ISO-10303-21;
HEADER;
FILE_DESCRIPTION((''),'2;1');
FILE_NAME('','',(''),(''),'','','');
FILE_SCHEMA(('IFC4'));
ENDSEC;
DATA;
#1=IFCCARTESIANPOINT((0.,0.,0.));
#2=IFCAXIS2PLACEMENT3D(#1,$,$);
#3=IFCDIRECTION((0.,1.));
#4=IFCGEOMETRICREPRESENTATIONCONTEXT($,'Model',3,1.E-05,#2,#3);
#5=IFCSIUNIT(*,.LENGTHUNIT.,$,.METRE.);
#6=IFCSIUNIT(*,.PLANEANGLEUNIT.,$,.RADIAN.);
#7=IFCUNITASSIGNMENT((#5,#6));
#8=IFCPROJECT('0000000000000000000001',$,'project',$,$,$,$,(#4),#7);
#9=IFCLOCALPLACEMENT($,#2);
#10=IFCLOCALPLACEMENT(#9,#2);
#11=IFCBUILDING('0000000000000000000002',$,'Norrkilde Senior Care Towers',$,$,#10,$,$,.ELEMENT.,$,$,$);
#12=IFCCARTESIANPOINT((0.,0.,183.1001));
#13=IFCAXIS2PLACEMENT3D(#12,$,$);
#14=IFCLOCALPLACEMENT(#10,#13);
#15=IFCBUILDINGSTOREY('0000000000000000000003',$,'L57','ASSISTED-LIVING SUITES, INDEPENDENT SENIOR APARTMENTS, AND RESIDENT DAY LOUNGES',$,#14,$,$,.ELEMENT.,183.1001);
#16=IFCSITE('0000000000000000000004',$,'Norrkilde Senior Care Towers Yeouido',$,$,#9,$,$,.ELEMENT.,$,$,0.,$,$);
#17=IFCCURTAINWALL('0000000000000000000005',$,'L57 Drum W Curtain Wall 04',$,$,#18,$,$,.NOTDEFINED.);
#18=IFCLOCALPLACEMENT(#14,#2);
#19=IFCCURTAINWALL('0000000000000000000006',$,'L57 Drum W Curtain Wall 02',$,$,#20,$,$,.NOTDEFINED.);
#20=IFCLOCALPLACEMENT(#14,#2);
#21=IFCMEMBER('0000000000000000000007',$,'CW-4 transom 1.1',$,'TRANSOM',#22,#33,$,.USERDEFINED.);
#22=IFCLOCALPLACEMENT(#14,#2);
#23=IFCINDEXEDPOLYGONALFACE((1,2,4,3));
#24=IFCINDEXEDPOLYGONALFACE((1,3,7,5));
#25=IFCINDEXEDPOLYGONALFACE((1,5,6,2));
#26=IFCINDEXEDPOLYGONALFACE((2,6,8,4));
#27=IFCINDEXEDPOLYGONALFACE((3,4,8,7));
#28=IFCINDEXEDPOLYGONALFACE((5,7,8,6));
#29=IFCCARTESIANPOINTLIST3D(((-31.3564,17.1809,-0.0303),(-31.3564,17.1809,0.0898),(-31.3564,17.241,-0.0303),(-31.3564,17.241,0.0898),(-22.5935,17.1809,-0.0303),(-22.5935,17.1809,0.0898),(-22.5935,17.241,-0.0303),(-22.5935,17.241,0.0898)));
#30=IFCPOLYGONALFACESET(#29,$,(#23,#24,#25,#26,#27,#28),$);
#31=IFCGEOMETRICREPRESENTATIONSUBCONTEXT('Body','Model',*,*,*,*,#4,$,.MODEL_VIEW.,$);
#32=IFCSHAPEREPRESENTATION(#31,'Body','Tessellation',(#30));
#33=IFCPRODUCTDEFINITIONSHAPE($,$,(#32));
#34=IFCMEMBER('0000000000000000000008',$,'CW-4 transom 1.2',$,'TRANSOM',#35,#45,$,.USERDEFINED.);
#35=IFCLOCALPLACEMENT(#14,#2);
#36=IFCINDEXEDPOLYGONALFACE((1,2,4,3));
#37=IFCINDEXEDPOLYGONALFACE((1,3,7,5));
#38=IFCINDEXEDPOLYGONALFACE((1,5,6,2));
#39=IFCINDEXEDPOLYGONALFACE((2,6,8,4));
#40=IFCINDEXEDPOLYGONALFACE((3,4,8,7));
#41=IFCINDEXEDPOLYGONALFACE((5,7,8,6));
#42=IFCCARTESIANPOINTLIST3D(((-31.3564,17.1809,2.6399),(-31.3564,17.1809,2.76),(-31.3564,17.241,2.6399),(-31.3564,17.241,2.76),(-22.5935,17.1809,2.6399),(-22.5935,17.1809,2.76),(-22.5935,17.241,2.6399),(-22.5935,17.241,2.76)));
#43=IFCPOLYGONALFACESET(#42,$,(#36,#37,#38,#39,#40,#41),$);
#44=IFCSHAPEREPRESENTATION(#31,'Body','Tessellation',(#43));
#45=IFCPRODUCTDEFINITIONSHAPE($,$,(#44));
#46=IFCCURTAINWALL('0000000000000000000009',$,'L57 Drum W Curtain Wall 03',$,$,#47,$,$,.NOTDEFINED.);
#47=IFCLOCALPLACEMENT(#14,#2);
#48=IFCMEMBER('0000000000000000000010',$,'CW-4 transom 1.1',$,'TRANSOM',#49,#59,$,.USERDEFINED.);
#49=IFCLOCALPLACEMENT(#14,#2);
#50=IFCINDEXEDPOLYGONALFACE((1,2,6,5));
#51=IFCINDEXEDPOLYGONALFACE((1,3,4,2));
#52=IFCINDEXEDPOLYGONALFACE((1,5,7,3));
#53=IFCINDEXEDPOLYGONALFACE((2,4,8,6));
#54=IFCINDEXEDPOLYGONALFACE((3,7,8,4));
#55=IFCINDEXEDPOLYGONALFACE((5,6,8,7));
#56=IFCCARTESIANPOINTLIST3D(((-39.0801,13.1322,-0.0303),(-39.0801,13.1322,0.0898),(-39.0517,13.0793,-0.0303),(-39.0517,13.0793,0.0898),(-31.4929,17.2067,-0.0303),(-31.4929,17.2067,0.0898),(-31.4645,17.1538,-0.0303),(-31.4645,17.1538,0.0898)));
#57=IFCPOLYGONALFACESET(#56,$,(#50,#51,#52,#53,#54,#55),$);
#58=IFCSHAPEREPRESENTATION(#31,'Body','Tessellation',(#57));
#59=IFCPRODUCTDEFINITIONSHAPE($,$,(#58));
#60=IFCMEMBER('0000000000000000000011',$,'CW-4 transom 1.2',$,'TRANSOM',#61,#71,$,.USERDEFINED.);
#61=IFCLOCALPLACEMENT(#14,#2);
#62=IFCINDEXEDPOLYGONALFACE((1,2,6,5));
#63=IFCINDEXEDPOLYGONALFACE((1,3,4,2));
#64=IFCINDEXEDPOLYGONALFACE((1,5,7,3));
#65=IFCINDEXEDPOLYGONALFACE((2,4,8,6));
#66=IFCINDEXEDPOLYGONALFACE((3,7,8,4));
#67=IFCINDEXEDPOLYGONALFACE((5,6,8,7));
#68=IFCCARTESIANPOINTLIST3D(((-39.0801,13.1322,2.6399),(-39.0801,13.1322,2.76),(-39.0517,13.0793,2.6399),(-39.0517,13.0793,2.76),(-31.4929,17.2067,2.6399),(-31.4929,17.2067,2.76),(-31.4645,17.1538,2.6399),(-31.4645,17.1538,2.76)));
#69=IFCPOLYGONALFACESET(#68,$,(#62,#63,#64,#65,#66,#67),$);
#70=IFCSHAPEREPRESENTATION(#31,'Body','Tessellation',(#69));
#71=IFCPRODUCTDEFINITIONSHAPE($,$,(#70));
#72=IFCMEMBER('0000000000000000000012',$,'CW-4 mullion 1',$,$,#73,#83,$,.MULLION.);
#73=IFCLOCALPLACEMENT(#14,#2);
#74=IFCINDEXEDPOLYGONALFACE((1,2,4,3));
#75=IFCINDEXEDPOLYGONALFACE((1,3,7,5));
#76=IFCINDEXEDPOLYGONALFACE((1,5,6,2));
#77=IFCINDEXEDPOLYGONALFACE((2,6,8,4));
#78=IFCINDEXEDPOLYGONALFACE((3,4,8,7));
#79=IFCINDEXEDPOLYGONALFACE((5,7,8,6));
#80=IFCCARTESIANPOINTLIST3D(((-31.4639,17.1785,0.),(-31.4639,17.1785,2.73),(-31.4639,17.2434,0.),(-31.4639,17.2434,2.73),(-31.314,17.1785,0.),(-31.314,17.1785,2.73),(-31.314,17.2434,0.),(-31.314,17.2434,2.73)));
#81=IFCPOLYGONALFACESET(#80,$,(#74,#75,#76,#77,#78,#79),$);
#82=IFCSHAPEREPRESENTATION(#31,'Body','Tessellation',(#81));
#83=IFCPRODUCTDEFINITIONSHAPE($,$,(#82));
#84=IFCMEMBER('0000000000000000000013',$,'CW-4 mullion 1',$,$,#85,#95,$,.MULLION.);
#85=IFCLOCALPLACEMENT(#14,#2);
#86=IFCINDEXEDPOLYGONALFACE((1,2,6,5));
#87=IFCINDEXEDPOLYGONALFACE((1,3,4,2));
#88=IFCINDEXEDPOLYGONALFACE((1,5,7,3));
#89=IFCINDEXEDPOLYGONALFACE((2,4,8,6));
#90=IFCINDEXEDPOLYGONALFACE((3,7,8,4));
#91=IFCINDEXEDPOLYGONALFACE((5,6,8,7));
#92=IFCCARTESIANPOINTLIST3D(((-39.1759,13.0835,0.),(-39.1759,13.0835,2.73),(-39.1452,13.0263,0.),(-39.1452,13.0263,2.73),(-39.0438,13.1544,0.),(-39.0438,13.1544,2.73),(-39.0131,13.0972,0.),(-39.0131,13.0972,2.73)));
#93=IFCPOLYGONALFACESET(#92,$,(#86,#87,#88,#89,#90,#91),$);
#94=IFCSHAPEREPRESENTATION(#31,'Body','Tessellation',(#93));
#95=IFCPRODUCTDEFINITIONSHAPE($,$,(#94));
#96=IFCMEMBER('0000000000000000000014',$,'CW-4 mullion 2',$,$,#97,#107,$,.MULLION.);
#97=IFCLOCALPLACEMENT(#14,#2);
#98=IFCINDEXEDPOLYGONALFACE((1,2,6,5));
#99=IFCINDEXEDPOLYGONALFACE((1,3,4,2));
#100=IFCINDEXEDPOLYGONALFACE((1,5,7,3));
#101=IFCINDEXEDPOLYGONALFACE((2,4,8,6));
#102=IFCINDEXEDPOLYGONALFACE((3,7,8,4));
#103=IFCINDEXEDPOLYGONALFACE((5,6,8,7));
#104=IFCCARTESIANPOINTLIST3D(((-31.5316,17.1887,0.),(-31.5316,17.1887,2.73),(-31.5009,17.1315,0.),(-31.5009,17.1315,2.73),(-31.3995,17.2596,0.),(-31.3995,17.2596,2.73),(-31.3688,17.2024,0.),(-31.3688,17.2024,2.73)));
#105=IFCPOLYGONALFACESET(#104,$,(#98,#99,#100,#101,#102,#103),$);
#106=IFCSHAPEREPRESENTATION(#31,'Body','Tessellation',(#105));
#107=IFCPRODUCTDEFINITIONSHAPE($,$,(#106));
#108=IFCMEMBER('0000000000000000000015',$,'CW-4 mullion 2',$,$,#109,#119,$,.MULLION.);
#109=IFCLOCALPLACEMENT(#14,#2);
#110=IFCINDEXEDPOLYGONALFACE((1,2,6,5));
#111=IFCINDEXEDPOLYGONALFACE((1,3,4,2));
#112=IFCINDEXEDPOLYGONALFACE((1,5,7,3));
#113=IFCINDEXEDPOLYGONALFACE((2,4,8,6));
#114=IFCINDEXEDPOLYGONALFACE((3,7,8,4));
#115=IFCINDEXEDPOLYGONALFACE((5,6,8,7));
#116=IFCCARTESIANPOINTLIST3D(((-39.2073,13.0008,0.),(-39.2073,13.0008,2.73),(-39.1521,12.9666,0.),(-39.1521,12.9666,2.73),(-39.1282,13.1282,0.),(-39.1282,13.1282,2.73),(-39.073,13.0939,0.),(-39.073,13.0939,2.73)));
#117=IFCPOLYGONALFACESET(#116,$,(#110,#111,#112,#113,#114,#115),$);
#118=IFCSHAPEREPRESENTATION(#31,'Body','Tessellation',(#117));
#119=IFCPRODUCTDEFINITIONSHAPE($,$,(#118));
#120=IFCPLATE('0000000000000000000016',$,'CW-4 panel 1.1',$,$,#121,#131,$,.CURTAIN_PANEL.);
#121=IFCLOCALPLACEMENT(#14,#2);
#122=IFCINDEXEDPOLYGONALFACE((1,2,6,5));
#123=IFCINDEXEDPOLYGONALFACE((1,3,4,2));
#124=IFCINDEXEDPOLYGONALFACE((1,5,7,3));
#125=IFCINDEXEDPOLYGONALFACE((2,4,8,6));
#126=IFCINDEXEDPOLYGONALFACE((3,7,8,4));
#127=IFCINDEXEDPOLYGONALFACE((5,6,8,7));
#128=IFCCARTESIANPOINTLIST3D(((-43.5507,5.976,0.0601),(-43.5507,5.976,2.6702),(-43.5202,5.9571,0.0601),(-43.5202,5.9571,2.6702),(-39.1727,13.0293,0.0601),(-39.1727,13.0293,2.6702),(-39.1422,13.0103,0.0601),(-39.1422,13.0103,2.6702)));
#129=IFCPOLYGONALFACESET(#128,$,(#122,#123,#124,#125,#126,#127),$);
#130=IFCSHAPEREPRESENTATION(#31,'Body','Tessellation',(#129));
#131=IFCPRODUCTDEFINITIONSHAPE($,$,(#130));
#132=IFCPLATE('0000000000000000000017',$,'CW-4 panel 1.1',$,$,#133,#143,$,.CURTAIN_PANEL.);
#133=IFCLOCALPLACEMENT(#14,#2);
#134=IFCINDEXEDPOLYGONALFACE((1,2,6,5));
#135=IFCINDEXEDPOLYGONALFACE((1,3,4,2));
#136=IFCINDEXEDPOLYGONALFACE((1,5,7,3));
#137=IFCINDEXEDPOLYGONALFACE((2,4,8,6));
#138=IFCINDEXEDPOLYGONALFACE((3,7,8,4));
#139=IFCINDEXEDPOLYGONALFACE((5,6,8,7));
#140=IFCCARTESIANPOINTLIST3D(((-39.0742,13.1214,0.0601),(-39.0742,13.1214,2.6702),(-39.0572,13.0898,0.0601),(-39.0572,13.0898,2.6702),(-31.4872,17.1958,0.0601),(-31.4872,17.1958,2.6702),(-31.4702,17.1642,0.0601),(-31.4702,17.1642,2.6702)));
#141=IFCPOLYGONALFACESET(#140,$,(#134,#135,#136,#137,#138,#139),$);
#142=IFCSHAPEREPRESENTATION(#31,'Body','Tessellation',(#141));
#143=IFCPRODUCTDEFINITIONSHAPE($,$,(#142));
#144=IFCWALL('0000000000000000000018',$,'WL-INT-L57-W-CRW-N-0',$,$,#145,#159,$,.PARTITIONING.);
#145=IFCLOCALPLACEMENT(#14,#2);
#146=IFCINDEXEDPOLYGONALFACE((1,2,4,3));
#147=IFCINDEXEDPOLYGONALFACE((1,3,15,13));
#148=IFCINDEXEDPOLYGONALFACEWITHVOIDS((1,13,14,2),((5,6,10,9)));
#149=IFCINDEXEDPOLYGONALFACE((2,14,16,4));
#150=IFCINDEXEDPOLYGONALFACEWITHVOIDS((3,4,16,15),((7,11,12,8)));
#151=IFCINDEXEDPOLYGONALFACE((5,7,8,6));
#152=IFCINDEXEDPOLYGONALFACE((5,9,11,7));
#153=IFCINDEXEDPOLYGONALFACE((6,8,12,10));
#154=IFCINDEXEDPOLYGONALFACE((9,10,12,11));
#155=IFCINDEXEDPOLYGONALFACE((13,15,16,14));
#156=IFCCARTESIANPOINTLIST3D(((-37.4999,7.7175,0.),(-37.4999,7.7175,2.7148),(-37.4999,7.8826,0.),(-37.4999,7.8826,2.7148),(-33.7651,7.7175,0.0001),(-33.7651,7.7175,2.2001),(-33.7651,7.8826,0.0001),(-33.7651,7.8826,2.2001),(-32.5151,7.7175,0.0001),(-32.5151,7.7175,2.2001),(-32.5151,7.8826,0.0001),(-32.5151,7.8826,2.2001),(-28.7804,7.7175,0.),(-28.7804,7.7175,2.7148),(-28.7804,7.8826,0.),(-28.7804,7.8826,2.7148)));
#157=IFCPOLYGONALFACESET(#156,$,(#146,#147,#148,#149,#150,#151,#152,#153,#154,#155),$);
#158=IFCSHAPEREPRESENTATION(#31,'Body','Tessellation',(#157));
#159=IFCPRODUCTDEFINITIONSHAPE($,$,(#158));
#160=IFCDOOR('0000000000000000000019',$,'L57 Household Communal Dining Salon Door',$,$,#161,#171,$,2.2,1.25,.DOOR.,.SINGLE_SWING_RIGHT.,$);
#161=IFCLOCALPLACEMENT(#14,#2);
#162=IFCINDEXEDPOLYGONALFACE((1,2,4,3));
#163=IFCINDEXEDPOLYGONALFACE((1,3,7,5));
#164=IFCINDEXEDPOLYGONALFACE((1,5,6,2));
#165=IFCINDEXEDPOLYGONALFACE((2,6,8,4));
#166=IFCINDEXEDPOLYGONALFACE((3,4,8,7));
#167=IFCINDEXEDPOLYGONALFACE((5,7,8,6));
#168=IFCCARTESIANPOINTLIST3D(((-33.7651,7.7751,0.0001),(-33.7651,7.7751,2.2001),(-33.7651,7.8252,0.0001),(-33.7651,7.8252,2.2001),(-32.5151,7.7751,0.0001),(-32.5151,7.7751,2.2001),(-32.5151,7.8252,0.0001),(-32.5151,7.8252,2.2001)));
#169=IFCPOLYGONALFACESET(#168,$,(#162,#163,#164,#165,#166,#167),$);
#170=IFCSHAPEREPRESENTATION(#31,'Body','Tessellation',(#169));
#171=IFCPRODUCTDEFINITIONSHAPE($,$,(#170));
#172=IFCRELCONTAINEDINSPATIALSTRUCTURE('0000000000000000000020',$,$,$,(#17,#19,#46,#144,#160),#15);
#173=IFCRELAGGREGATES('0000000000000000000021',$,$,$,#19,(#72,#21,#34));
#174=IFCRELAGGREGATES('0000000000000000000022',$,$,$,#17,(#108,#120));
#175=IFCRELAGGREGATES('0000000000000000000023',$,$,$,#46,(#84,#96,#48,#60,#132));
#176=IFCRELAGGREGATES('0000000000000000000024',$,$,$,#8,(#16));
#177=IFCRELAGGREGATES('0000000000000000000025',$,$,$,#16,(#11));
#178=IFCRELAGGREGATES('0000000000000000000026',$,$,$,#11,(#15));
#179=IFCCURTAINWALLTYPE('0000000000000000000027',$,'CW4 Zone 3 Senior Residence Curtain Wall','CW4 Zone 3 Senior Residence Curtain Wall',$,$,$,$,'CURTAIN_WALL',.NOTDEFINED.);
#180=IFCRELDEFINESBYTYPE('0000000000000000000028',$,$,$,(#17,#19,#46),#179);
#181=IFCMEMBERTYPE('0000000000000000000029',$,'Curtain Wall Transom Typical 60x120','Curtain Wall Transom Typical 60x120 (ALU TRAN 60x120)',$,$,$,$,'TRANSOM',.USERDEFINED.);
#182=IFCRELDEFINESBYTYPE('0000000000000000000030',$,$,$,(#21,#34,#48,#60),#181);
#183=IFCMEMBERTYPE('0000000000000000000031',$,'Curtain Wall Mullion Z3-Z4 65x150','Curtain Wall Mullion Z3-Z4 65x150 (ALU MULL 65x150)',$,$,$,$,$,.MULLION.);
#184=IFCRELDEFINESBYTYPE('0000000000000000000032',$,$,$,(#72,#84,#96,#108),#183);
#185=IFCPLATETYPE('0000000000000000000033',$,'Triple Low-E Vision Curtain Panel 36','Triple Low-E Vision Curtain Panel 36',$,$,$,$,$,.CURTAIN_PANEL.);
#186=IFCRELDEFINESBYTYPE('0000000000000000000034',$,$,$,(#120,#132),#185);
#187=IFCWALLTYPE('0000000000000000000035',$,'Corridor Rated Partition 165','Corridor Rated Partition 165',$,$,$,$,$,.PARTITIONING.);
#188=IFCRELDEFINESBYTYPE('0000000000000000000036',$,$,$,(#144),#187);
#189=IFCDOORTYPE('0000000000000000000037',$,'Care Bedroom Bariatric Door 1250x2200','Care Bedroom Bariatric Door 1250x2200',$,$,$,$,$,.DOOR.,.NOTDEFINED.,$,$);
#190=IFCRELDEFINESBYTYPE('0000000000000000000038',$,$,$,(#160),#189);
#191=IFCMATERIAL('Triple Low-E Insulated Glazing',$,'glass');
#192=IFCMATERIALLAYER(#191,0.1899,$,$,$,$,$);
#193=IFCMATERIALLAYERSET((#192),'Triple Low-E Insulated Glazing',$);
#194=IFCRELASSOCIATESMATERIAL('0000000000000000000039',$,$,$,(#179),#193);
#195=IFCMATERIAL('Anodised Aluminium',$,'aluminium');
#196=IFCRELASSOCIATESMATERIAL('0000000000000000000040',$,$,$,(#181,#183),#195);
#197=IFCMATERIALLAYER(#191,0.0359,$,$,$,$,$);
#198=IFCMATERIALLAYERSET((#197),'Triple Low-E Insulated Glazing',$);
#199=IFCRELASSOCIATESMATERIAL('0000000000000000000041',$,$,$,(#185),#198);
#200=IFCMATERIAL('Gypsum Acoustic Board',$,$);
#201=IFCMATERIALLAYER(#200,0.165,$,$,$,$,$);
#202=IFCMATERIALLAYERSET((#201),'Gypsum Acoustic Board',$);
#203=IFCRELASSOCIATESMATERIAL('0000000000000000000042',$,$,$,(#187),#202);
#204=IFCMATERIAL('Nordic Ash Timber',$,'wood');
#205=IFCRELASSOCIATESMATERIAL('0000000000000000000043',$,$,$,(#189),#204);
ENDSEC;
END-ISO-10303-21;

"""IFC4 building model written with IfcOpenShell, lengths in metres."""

from ifc_helpers import new_model, si_unit, direction, frame, frame_2d, origin, origin_2d, place, context, subcontext, project, spatial, rectangle, extrude, source, transform, mapped, material, layer, layer_set, material_profile, profile_set, type_object, type_shapes, element, fill, aggregate, save


model = new_model("IFC4")

# Units and contexts
model_context = context("Model", 3, precision=1e-05, world=origin(), true_north=direction((0.0, 1.0)))
body_context = subcontext(model_context, "Body", "Model", "MODEL_VIEW")
ifc_project = project(units=[si_unit("LENGTHUNIT", "METRE"), si_unit("PLANEANGLEUNIT", "RADIAN")], contexts=[model_context])

# Site, building, storey
site_placement = place(None, origin())
site = spatial("IfcSite", under=ifc_project, at=site_placement, Name="Norrkilde Senior Care Towers Yeouido", CompositionType="ELEMENT", RefElevation=0.0)
building_placement = place(site_placement, origin())
building = spatial("IfcBuilding", under=site, at=building_placement, Name="Norrkilde Senior Care Towers", CompositionType="ELEMENT")
storey_placement = place(building_placement, frame((0.0, 0.0, 183.1001)))
storey = spatial("IfcBuildingStorey", under=building, at=storey_placement, Name="L57", Description="ASSISTED-LIVING SUITES, INDEPENDENT SENIOR APARTMENTS, AND RESIDENT DAY LOUNGES", CompositionType="ELEMENT", Elevation=183.1001)

# Curtain walls, members
ifc_material_1 = material(Name="Triple Low-E Insulated Glazing", Category="glass")
ifc_layer_1 = layer(ifc_material_1, 0.1899)
ifc_layer_set_1 = layer_set([ifc_layer_1], Name="Triple Low-E Insulated Glazing")
curtain_wall_type = type_object("IfcCurtainWallType", Name="CW4 Zone 3 Senior Residence Curtain Wall", Description="CW4 Zone 3 Senior Residence Curtain Wall", ElementType="CURTAIN_WALL", PredefinedType="NOTDEFINED", material=ifc_layer_set_1)
curtain_wall_1_placement = place(storey_placement, origin())
curtain_wall_1 = element("IfcCurtainWall", 1, at=curtain_wall_1_placement, inside=storey, type_object=curtain_wall_type, Name="L57 Drum W Curtain Wall 04", PredefinedType="NOTDEFINED")
ifc_material_2 = material(Name="Anodised Aluminium", Category="aluminium")
ifc_material_profile_1 = material_profile(ifc_material_2, rectangle(XDim=0.0601, YDim=0.1201, at=origin_2d()), Name="ALU TRAN 60x120")
ifc_profile_set_1 = profile_set([ifc_material_profile_1], Name="Anodised Aluminium")
member_type_1 = type_object("IfcMemberType", Name="Curtain Wall Transom Typical 60x120", Description="Curtain Wall Transom Typical 60x120 (ALU TRAN 60x120)", ElementType="TRANSOM", PredefinedType="USERDEFINED", material=ifc_profile_set_1)
curtain_wall_2_placement = place(storey_placement, origin())
curtain_wall_2 = element("IfcCurtainWall", 2, at=curtain_wall_2_placement, inside=storey, type_object=curtain_wall_type, Name="L57 Drum W Curtain Wall 02", PredefinedType="NOTDEFINED")
shared_shape_1 = source(origin(), body_context, "Body", "SweptSolid", [
    extrude(rectangle(XDim=0.0601, YDim=0.1201, at=origin_2d()), origin(), (0.0, 0.0, 1.0), 8.7629),
])
member_1_placement = place(storey_placement, frame((-31.3564, 17.2109, 0.0298), z_axis=(1.0, 0.0, 0.0), x_axis=(0.0, 1.0, 0.0)))
member_1 = element("IfcMember", 3, at=member_1_placement, type_object=member_type_1, Name="CW-4 transom 1.1", ObjectType="TRANSOM", PredefinedType="USERDEFINED", context=body_context, shape_type="MappedRepresentation", body=[
    mapped(shared_shape_1, transform((0.0, 0.0, 0.0), x_axis=(1.0, 0.0, 0.0), y_axis=(0.0, 1.0, 0.0), z_axis=(0.0, 0.0, 1.0), scale=1.0)),
])
member_2_placement = place(storey_placement, frame((-31.3564, 17.2109, 2.7), z_axis=(1.0, 0.0, 0.0), x_axis=(0.0, 1.0, 0.0)))
member_2 = element("IfcMember", 4, at=member_2_placement, type_object=member_type_1, Name="CW-4 transom 1.2", ObjectType="TRANSOM", PredefinedType="USERDEFINED", context=body_context, shape_type="MappedRepresentation", body=[
    mapped(shared_shape_1, transform((0.0, 0.0, 0.0), x_axis=(1.0, 0.0, 0.0), y_axis=(0.0, 1.0, 0.0), z_axis=(0.0, 0.0, 1.0), scale=1.0)),
])
curtain_wall_3_placement = place(storey_placement, origin())
curtain_wall_3 = element("IfcCurtainWall", 5, at=curtain_wall_3_placement, inside=storey, type_object=curtain_wall_type, Name="L57 Drum W Curtain Wall 03", PredefinedType="NOTDEFINED")
shared_shape_2 = source(origin(), body_context, "Body", "SweptSolid", [
    extrude(rectangle(XDim=0.0601, YDim=0.1201, at=origin_2d()), origin(), (0.0, 0.0, 1.0), 8.6121),
])
member_3_placement = place(storey_placement, frame((-39.0659, 13.1057, 0.0298), z_axis=(0.881, 0.473116, 0.0), x_axis=(-0.473116, 0.881, 0.0)))
member_3 = element("IfcMember", 6, at=member_3_placement, type_object=member_type_1, Name="CW-4 transom 1.1", ObjectType="TRANSOM", PredefinedType="USERDEFINED", context=body_context, shape_type="MappedRepresentation", body=[
    mapped(shared_shape_2, transform((0.0, 0.0, 0.0), x_axis=(1.0, 0.0, 0.0), y_axis=(0.0, 1.0, 0.0), z_axis=(0.0, 0.0, 1.0), scale=1.0)),
])
member_4_placement = place(storey_placement, frame((-39.0659, 13.1057, 2.7), z_axis=(0.881, 0.473116, 0.0), x_axis=(-0.473116, 0.881, 0.0)))
member_4 = element("IfcMember", 7, at=member_4_placement, type_object=member_type_1, Name="CW-4 transom 1.2", ObjectType="TRANSOM", PredefinedType="USERDEFINED", context=body_context, shape_type="MappedRepresentation", body=[
    mapped(shared_shape_2, transform((0.0, 0.0, 0.0), x_axis=(1.0, 0.0, 0.0), y_axis=(0.0, 1.0, 0.0), z_axis=(0.0, 0.0, 1.0), scale=1.0)),
])

# Members
ifc_material_profile_2 = material_profile(ifc_material_2, rectangle(XDim=0.0649, YDim=0.1499, at=origin_2d()), Name="ALU MULL 65x150")
ifc_profile_set_2 = profile_set([ifc_material_profile_2], Name="Anodised Aluminium")
member_type_2 = type_object("IfcMemberType", Name="Curtain Wall Mullion Z3-Z4 65x150", Description="Curtain Wall Mullion Z3-Z4 65x150 (ALU MULL 65x150)", PredefinedType="MULLION", material=ifc_profile_set_2)
shared_shape_3 = source(origin(), body_context, "Body", "SweptSolid", [
    extrude(rectangle(XDim=0.0649, YDim=0.1499, at=origin_2d()), origin(), (0.0, 0.0, 1.0), 2.73),
])
type_shapes(member_type_2, [shared_shape_3])
member_5_placement = place(storey_placement, frame((-31.3889, 17.2109, 0.0), z_axis=(0.0, 0.0, 1.0), x_axis=(0.0, 1.0, 0.0)))
member_5 = element("IfcMember", 8, at=member_5_placement, type_object=member_type_2, Name="CW-4 mullion 1", PredefinedType="MULLION", context=body_context, shape_type="MappedRepresentation", body=[
    mapped(shared_shape_3, transform((0.0, 0.0, 0.0), x_axis=(1.0, 0.0, 0.0), y_axis=(0.0, 1.0, 0.0), z_axis=(0.0, 0.0, 1.0), scale=1.0)),
])
aggregate(curtain_wall_2, [member_5, member_1, member_2])
member_6_placement = place(storey_placement, frame((-39.0945, 13.0903, 0.0), z_axis=(0.0, 0.0, 1.0), x_axis=(-0.473117, 0.881, 0.0)))
member_6 = element("IfcMember", 9, at=member_6_placement, type_object=member_type_2, Name="CW-4 mullion 1", PredefinedType="MULLION", context=body_context, shape_type="MappedRepresentation", body=[
    mapped(shared_shape_3, transform((0.0, 0.0, 0.0), x_axis=(1.0, 0.0, 0.0), y_axis=(0.0, 1.0, 0.0), z_axis=(0.0, 0.0, 1.0), scale=1.0)),
])
member_7_placement = place(storey_placement, frame((-31.4502, 17.1956, 0.0), z_axis=(0.0, 0.0, 1.0), x_axis=(-0.473117, 0.881, 0.0)))
member_7 = element("IfcMember", 10, at=member_7_placement, type_object=member_type_2, Name="CW-4 mullion 2", PredefinedType="MULLION", context=body_context, shape_type="MappedRepresentation", body=[
    mapped(shared_shape_3, transform((0.0, 0.0, 0.0), x_axis=(1.0, 0.0, 0.0), y_axis=(0.0, 1.0, 0.0), z_axis=(0.0, 0.0, 1.0), scale=1.0)),
])
member_8_placement = place(storey_placement, frame((-39.1401, 13.0474, 0.0), z_axis=(0.0, 0.0, 1.0), x_axis=(-0.849634, 0.527373, 0.0)))
member_8 = element("IfcMember", 11, at=member_8_placement, type_object=member_type_2, Name="CW-4 mullion 2", PredefinedType="MULLION", context=body_context, shape_type="MappedRepresentation", body=[
    mapped(shared_shape_3, transform((0.0, 0.0, 0.0), x_axis=(1.0, 0.0, 0.0), y_axis=(0.0, 1.0, 0.0), z_axis=(0.0, 0.0, 1.0), scale=1.0)),
])

# Plates
ifc_layer_2 = layer(ifc_material_1, 0.0359)
ifc_layer_set_2 = layer_set([ifc_layer_2], Name="Triple Low-E Insulated Glazing")
plate_type = type_object("IfcPlateType", Name="Triple Low-E Vision Curtain Panel 36", Description="Triple Low-E Vision Curtain Panel 36", PredefinedType="CURTAIN_PANEL", material=ifc_layer_set_2)
shared_shape_4 = source(origin(), body_context, "Body", "SweptSolid", [
    extrude(rectangle(XDim=8.3015, YDim=0.0359, at=origin_2d()), origin(), (0.0, 0.0, 1.0), 2.6101),
])
plate_1_placement = place(storey_placement, frame((-41.3464, 9.4932, 0.0601), z_axis=(0.0, 0.0, 1.0), x_axis=(0.527373, 0.849634, 0.0)))
plate_1 = element("IfcPlate", 12, at=plate_1_placement, type_object=plate_type, Name="CW-4 panel 1.1", PredefinedType="CURTAIN_PANEL", context=body_context, shape_type="MappedRepresentation", body=[
    mapped(shared_shape_4, transform((0.0, 0.0, 0.0), x_axis=(1.0, 0.0, 0.0), y_axis=(0.0, 1.0, 0.0), z_axis=(0.0, 0.0, 1.0), scale=1.0)),
])
aggregate(curtain_wall_1, [member_8, plate_1])
shared_shape_5 = source(origin(), body_context, "Body", "SweptSolid", [
    extrude(rectangle(XDim=8.6118, YDim=0.0359, at=origin_2d()), origin(), (0.0, 0.0, 1.0), 2.6101),
])
type_shapes(plate_type, [shared_shape_4, shared_shape_5])
plate_2_placement = place(storey_placement, frame((-35.2722, 15.1428, 0.0601), z_axis=(0.0, 0.0, 1.0), x_axis=(0.881, 0.473117, 0.0)))
plate_2 = element("IfcPlate", 13, at=plate_2_placement, type_object=plate_type, Name="CW-4 panel 1.1", PredefinedType="CURTAIN_PANEL", context=body_context, shape_type="MappedRepresentation", body=[
    mapped(shared_shape_5, transform((0.0, 0.0, 0.0), x_axis=(1.0, 0.0, 0.0), y_axis=(0.0, 1.0, 0.0), z_axis=(0.0, 0.0, 1.0), scale=1.0)),
])
aggregate(curtain_wall_3, [member_6, member_7, member_3, member_4, plate_2])

# Wall, opening, door
ifc_material_3 = material(Name="Gypsum Acoustic Board")
ifc_layer_3 = layer(ifc_material_3, 0.165)
ifc_layer_set_3 = layer_set([ifc_layer_3], Name="Gypsum Acoustic Board")
wall_type = type_object("IfcWallType", Name="Corridor Rated Partition 165", Description="Corridor Rated Partition 165", PredefinedType="PARTITIONING", material=ifc_layer_set_3)
shared_shape_6 = source(origin(), body_context, "Body", "SweptSolid", [
    extrude(rectangle(XDim=8.7195, YDim=0.165, at=frame_2d((4.3599, 0.0))), origin(), (0.0, 0.0, 1.0), 2.7148),
])
wall_1_placement = place(storey_placement, frame((-37.5, 7.8, 0.0), z_axis=(0.0, 0.0, 1.0), x_axis=(1.0, 0.0, 0.0)))
wall_1 = element("IfcWall", 14, at=wall_1_placement, inside=storey, type_object=wall_type, Name="WL-INT-L57-W-CRW-N-0", PredefinedType="PARTITIONING", context=body_context, shape_type="MappedRepresentation", body=[
    mapped(shared_shape_6, transform((0.0, 0.0, 0.0), x_axis=(1.0, 0.0, 0.0), y_axis=(0.0, 1.0, 0.0), z_axis=(0.0, 0.0, 1.0), scale=1.0)),
])
opening_1_placement = place(wall_1_placement, frame((3.7349, 0.0, 0.0)))
opening_1 = element("IfcOpeningElement", 15, at=opening_1_placement, cuts=wall_1, PredefinedType="OPENING", context=body_context, shape_type="SweptSolid", body=[
    extrude(rectangle(XDim=1.25, YDim=2.2, at=frame_2d((0.625, 1.1001))), frame((0.0, 0.0925, 0.0), z_axis=(0.0, -1.0, 0.0), x_axis=(1.0, 0.0, 0.0)), (0.0, 0.0, 1.0), 0.1851),
])
ifc_material_4 = material(Name="Nordic Ash Timber", Category="wood")
door_type_1 = type_object("IfcDoorType", Name="Care Bedroom Bariatric Door 1250x2200", Description="Care Bedroom Bariatric Door 1250x2200", OperationType="NOTDEFINED", PredefinedType="DOOR", material=ifc_material_4)
shared_shape_7 = source(origin(), body_context, "Body", "SweptSolid", [
    extrude(rectangle(XDim=1.25, YDim=2.2, at=frame_2d((0.625, 1.1001))), frame((0.0, 0.0249, 0.0), z_axis=(0.0, -1.0, 0.0), x_axis=(1.0, 0.0, 0.0)), (0.0, 0.0, 1.0), 0.05),
])
type_shapes(door_type_1, [shared_shape_7])
door_1_placement = place(opening_1_placement, frame((1.25, 0.0, 0.0), z_axis=(0.0, 0.0, 1.0), x_axis=(-1.0, 0.0, 0.0)))
door_1 = element("IfcDoor", 16, at=door_1_placement, inside=storey, type_object=door_type_1, Name="L57 Household Communal Dining Salon Door", OperationType="SINGLE_SWING_RIGHT", OverallHeight=2.2, OverallWidth=1.25, PredefinedType="DOOR", context=body_context, shape_type="MappedRepresentation", body=[
    mapped(shared_shape_7, transform((0.0, 0.0, 0.0), x_axis=(1.0, 0.0, 0.0), y_axis=(0.0, 1.0, 0.0), z_axis=(0.0, 0.0, 1.0), scale=1.0)),
])
fill(opening_1, door_1)

save(model, "model.ifc")
